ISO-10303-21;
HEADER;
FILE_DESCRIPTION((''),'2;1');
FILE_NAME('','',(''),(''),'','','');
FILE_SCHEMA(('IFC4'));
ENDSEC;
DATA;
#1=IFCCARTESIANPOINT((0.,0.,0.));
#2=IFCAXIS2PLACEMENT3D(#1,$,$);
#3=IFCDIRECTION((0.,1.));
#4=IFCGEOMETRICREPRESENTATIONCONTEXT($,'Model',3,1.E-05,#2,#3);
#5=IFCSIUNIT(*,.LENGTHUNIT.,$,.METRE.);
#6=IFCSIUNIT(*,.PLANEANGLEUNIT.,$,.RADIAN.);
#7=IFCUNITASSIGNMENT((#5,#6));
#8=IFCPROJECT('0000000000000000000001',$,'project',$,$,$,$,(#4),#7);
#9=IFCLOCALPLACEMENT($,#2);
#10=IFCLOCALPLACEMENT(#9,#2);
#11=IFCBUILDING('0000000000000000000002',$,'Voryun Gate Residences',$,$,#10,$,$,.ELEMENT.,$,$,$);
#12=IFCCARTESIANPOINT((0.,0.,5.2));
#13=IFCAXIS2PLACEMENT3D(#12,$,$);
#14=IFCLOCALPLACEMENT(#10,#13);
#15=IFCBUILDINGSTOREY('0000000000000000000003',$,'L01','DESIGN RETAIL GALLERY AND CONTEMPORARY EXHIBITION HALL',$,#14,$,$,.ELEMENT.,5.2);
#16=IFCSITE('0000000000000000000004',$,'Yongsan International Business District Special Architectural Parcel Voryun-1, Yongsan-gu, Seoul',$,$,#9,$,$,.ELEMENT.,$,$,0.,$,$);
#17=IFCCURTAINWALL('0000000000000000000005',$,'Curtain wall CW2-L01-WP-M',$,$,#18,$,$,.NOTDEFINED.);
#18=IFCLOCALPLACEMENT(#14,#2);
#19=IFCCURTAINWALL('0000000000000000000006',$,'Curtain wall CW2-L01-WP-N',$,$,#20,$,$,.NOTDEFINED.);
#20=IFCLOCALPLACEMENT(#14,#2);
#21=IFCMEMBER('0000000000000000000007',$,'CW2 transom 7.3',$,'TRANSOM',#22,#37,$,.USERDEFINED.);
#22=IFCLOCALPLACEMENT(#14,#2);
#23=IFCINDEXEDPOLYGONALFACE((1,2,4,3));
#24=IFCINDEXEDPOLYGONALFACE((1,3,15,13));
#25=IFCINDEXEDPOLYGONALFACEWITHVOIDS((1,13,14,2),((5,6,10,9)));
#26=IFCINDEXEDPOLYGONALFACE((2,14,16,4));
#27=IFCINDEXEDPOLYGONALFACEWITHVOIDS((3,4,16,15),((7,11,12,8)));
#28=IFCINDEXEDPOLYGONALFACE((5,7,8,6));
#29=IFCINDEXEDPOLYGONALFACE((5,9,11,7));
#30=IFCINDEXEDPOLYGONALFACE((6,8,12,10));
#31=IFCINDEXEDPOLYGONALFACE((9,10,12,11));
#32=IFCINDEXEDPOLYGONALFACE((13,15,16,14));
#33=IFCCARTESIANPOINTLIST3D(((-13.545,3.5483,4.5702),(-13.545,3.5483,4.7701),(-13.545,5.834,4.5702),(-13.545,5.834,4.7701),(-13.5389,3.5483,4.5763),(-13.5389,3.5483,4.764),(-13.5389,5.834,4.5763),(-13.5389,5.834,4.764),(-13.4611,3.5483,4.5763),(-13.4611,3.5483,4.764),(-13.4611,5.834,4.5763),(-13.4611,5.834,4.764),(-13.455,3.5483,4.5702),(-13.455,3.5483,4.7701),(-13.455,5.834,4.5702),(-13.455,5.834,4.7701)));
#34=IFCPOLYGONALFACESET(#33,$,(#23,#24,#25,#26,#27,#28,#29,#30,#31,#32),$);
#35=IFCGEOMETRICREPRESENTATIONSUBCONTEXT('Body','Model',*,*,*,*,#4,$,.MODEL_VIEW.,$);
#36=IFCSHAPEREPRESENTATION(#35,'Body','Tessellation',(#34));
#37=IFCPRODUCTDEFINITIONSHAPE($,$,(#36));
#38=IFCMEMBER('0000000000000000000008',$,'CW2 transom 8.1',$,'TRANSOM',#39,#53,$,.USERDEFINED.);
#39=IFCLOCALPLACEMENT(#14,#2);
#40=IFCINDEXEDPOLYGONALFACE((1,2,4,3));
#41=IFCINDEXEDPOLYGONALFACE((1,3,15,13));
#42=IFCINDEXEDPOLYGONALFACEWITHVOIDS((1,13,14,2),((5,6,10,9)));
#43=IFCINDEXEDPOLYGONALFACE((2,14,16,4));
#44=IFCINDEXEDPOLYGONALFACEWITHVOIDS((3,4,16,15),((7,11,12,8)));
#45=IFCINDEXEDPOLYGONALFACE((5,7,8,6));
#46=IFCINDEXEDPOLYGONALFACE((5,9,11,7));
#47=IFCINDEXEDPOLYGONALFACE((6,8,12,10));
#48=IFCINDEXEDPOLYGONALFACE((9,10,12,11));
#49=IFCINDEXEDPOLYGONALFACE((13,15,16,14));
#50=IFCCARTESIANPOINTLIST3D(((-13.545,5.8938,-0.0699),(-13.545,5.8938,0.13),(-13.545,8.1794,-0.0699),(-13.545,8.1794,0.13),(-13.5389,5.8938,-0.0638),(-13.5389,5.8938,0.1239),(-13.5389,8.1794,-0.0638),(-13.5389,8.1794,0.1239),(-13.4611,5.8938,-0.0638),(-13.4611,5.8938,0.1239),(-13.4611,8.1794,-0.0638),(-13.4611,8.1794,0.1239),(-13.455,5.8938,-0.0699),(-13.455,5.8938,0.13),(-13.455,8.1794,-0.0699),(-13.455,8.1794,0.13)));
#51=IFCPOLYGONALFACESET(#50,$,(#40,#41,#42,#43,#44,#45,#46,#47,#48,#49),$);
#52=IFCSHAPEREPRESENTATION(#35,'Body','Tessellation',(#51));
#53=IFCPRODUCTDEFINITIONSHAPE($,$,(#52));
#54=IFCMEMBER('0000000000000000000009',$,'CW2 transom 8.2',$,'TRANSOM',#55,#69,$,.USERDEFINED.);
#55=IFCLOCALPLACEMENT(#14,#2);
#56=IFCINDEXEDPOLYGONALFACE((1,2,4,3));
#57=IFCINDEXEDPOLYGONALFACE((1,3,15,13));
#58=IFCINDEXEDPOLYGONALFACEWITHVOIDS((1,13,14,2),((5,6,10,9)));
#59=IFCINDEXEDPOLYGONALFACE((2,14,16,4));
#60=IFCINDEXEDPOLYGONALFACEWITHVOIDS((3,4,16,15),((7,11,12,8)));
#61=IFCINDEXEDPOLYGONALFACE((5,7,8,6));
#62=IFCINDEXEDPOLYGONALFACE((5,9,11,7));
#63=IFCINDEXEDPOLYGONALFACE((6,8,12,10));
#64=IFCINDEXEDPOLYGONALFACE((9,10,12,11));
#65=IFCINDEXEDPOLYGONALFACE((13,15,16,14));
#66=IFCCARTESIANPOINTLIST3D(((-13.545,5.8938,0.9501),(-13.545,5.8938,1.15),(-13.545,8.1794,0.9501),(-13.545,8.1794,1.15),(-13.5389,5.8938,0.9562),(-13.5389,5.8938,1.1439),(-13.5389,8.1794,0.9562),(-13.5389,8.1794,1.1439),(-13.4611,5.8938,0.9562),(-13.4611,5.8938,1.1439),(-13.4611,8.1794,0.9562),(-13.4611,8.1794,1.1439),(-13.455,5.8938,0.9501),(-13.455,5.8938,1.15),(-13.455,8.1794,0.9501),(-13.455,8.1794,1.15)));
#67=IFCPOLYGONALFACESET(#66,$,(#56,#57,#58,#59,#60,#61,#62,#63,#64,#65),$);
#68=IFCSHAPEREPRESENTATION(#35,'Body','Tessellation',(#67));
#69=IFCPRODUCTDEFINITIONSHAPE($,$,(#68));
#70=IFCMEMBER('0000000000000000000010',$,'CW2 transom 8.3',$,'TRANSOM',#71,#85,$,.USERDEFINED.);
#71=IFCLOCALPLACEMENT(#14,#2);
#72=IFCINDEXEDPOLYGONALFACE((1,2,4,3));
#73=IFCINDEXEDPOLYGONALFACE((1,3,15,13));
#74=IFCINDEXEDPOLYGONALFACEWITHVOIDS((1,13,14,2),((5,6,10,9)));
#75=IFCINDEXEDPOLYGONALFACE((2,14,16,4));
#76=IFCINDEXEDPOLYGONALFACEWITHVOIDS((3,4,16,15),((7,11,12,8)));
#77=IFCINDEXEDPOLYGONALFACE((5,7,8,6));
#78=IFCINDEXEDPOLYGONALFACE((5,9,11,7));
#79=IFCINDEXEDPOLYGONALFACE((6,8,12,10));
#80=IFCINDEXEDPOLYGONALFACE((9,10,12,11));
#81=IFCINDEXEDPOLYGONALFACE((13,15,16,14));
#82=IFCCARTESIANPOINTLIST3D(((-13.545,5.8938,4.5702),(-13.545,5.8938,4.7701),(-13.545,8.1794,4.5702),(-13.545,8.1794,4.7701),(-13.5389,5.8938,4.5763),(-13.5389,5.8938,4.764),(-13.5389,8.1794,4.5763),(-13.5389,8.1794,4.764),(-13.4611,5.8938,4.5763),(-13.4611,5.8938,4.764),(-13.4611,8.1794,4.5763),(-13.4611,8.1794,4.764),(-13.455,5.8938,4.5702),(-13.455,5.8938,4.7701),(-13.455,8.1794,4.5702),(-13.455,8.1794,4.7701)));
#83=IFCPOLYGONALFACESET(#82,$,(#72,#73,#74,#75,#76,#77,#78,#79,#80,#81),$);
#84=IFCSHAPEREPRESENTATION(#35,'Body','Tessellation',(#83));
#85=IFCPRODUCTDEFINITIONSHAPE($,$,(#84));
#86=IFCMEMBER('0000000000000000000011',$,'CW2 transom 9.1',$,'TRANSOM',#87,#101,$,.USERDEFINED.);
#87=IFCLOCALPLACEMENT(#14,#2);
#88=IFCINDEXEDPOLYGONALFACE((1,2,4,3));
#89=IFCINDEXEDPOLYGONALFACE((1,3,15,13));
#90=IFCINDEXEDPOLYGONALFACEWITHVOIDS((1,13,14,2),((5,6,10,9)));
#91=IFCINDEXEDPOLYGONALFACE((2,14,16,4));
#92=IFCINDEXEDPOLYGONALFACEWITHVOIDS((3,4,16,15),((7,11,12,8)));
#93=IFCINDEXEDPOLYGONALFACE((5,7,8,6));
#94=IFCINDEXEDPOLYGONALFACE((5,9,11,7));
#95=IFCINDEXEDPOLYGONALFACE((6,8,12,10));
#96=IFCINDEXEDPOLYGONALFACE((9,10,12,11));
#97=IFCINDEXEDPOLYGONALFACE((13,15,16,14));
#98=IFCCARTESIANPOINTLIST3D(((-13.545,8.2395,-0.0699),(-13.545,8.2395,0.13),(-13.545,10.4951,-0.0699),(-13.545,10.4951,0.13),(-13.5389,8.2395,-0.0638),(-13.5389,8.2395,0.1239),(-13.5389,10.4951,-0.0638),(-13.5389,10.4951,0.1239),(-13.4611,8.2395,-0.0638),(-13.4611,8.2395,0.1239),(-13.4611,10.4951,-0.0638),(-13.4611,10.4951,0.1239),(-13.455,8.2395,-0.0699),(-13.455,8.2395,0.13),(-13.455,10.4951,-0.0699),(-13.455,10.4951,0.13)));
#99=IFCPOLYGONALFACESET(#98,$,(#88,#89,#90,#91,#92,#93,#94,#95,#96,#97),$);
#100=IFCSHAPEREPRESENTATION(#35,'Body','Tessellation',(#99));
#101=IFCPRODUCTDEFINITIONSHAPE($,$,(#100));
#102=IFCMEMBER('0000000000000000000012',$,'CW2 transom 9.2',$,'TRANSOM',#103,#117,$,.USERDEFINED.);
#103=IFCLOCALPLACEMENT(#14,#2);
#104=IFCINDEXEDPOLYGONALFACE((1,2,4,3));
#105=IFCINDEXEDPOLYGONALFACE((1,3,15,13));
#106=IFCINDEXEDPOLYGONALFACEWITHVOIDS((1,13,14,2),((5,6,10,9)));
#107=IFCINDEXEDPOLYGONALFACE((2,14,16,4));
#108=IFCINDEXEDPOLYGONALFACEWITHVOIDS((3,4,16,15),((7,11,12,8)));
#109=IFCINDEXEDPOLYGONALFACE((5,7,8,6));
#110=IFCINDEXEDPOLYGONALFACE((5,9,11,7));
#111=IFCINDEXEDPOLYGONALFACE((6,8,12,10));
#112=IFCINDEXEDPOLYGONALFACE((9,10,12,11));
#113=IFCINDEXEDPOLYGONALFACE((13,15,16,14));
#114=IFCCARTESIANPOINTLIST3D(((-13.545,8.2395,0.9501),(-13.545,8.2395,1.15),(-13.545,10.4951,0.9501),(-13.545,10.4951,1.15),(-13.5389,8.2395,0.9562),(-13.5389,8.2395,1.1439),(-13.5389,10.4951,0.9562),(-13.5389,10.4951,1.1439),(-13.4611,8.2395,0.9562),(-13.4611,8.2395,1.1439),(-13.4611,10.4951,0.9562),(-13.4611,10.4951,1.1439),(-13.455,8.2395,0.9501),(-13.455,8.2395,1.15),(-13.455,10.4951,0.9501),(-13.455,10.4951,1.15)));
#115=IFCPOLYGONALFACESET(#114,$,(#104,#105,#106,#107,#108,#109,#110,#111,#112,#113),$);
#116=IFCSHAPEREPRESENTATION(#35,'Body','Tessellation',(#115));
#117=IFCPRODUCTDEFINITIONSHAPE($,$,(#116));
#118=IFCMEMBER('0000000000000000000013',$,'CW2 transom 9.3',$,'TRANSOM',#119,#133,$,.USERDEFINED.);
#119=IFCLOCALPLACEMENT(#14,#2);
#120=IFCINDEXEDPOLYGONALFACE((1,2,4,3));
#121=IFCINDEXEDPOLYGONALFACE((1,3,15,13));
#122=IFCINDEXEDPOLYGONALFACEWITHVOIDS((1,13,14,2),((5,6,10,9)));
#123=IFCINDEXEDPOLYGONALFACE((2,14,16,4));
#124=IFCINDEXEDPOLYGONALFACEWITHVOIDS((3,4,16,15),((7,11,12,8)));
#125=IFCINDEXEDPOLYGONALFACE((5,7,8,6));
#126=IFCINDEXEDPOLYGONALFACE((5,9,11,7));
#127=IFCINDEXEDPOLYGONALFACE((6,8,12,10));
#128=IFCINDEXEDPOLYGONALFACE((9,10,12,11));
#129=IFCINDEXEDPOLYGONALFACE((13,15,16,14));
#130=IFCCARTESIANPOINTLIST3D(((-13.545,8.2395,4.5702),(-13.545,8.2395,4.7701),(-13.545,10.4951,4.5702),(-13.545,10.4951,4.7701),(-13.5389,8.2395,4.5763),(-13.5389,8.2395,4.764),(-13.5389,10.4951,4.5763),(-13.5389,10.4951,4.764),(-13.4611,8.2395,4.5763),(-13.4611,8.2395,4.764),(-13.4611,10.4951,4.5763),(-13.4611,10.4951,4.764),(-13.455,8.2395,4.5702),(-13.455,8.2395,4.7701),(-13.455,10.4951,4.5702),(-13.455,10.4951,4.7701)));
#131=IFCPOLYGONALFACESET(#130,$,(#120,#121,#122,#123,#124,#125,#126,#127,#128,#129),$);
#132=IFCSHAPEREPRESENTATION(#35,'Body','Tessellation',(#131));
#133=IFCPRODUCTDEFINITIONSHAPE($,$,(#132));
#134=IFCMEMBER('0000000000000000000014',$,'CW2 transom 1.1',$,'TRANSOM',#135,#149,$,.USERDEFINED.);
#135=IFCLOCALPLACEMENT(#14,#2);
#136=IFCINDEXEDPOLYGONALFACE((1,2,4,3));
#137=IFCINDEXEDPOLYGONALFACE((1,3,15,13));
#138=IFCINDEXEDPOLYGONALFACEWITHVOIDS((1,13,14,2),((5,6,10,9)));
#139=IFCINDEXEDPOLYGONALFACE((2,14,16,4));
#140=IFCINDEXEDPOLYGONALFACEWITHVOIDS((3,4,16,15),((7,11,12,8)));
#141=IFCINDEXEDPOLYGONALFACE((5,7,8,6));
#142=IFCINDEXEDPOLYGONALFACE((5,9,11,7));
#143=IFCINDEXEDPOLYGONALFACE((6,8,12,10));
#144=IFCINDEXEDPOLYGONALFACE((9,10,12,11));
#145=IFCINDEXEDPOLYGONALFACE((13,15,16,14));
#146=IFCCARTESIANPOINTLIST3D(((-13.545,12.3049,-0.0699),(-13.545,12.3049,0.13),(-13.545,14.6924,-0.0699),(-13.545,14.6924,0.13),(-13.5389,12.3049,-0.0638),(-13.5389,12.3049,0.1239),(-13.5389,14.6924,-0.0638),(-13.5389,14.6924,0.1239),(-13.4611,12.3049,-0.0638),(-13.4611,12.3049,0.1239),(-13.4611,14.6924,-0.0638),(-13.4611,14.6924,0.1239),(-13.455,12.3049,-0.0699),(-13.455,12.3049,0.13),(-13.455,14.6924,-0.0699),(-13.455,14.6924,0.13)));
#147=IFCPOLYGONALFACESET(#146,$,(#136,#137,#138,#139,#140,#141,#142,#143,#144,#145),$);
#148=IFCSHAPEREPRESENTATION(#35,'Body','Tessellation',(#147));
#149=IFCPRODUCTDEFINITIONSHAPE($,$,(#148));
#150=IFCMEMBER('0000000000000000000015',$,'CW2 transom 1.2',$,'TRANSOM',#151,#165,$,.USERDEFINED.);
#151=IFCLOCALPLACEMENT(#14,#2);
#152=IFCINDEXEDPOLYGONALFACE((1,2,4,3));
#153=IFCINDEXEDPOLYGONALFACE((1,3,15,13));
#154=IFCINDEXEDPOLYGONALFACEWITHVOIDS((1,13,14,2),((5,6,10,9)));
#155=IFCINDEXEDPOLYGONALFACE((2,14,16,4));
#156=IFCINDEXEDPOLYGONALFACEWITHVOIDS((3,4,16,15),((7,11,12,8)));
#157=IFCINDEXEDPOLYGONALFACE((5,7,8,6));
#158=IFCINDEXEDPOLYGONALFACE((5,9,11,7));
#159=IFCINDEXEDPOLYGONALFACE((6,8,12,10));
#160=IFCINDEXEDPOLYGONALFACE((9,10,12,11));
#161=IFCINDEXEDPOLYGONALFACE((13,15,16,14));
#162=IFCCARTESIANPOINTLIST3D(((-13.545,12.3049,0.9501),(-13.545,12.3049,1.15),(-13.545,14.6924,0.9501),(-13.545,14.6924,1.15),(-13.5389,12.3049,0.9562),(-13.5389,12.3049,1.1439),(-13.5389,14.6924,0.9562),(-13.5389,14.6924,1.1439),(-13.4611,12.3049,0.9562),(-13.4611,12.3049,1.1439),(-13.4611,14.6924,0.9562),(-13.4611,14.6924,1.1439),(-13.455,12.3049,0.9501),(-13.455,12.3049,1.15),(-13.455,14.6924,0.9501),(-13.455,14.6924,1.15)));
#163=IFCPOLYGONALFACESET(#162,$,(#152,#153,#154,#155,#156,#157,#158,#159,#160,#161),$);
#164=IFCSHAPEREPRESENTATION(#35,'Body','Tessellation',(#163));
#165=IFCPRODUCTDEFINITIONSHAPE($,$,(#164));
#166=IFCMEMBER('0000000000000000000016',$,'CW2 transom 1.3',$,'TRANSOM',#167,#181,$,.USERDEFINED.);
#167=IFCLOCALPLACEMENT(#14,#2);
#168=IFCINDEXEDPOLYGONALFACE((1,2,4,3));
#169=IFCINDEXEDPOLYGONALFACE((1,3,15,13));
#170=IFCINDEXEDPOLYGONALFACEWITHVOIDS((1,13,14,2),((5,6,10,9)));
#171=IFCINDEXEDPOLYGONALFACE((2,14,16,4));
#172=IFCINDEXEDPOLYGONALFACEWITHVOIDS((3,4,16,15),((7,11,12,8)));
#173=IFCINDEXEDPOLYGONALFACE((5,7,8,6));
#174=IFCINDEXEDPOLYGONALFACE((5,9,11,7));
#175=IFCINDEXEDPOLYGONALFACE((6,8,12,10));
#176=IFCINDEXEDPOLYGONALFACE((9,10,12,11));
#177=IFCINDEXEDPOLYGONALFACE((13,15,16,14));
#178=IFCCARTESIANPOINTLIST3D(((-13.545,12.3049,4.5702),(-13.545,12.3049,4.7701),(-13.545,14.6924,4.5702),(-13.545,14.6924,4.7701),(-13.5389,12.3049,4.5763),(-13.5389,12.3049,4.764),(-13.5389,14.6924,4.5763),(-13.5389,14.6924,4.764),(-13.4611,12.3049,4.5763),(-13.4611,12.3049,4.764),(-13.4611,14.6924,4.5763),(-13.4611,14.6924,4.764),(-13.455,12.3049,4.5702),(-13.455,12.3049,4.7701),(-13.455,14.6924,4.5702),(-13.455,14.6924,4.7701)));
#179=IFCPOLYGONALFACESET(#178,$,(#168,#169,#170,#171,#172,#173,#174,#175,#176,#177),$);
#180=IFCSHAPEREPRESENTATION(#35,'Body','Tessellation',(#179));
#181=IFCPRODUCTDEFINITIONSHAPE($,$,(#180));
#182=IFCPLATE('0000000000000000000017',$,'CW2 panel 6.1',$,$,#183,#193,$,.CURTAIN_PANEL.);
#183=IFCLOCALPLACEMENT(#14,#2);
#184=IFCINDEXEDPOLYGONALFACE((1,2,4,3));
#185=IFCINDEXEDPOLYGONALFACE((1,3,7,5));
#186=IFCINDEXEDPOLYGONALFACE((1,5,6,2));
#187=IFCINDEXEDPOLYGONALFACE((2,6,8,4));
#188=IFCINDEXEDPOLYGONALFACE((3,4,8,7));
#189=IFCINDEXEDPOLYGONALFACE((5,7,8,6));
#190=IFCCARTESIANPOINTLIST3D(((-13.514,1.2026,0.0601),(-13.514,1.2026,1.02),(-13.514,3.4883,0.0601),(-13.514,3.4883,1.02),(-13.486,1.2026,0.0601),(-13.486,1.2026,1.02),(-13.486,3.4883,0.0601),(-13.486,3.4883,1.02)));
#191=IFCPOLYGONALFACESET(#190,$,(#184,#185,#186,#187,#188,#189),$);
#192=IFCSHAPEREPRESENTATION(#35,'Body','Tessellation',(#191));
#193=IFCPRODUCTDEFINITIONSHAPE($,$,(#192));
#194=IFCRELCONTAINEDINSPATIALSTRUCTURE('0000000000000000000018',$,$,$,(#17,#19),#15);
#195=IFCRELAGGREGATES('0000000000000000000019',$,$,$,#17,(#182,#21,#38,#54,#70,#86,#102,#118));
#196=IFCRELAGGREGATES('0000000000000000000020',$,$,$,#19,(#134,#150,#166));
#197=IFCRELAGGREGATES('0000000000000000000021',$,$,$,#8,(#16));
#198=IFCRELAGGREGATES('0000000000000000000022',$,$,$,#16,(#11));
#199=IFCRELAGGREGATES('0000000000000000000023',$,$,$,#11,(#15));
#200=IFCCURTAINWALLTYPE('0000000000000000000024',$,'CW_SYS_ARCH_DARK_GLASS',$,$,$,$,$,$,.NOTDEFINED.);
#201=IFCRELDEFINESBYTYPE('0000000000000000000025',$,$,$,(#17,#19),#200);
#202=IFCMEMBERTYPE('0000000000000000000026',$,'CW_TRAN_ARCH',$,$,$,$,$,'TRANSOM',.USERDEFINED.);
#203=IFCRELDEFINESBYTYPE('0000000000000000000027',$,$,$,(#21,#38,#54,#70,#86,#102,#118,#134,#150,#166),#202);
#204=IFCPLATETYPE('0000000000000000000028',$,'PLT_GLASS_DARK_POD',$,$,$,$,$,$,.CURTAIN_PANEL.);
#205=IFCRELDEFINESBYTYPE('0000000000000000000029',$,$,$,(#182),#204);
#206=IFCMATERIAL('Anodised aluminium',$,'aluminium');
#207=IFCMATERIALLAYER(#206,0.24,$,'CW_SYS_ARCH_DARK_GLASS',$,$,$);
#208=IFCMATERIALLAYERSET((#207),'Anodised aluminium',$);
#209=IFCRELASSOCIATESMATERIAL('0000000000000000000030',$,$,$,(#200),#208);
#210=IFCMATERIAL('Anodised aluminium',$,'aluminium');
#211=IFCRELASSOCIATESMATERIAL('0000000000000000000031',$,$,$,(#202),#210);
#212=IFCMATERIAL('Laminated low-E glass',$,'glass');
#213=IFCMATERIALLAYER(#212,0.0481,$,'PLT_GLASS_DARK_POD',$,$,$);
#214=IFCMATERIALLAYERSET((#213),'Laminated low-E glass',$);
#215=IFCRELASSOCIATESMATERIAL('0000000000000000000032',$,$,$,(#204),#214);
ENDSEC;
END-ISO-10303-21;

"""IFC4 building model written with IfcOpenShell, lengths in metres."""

from ifc_helpers import new_model, si_unit, direction, frame, origin, origin_2d, place, context, subcontext, project, spatial, rectangle, hollow_rectangle, extrude, material, layer, layer_set, material_profile, profile_set, type_object, element, aggregate, save


model = new_model("IFC4")

# Units and contexts
model_context = context("Model", 3, precision=1e-05, world=origin(), true_north=direction((0.0, 1.0)))
body_context = subcontext(model_context, "Body", "Model", "MODEL_VIEW")
ifc_project = project(units=[si_unit("LENGTHUNIT", "METRE"), si_unit("PLANEANGLEUNIT", "RADIAN")], contexts=[model_context])

# Site, building, storey
site_placement = place(None, origin())
site = spatial("IfcSite", under=ifc_project, at=site_placement, Name="Yongsan International Business District Special Architectural Parcel Voryun-1, Yongsan-gu, Seoul", CompositionType="ELEMENT", RefElevation=0.0)
building_placement = place(site_placement, origin())
building = spatial("IfcBuilding", under=site, at=building_placement, Name="Voryun Gate Residences", CompositionType="ELEMENT")
storey_placement = place(building_placement, frame((0.0, 0.0, 5.2)))
storey = spatial("IfcBuildingStorey", under=building, at=storey_placement, Name="L01", Description="DESIGN RETAIL GALLERY AND CONTEMPORARY EXHIBITION HALL", CompositionType="ELEMENT", Elevation=5.2)

# Curtain wall
ifc_material_1 = material(Name="Anodised aluminium", Category="aluminium")
ifc_layer_1 = layer(ifc_material_1, 0.24, Name="CW_SYS_ARCH_DARK_GLASS")
ifc_layer_set_1 = layer_set([ifc_layer_1], Name="Anodised aluminium")
curtain_wall_type = type_object("IfcCurtainWallType", Name="CW_SYS_ARCH_DARK_GLASS", PredefinedType="NOTDEFINED", material=ifc_layer_set_1)
curtain_wall_1_placement = place(storey_placement, origin())
curtain_wall_1 = element("IfcCurtainWall", 1, at=curtain_wall_1_placement, inside=storey, type_object=curtain_wall_type, Name="Curtain wall CW2-L01-WP-M", PredefinedType="NOTDEFINED")

# Curtain wall
curtain_wall_2_placement = place(storey_placement, origin())
curtain_wall_2 = element("IfcCurtainWall", 2, at=curtain_wall_2_placement, inside=storey, type_object=curtain_wall_type, Name="Curtain wall CW2-L01-WP-N", PredefinedType="NOTDEFINED")

# Members
ifc_material_2 = material(Name="Anodised aluminium", Category="aluminium")
ifc_material_profile_1 = material_profile(ifc_material_2, hollow_rectangle(XDim=0.0901, YDim=0.2, WallThickness=0.0061, at=origin_2d()), Name="ALU-TRAN-200x90x6")
ifc_profile_set_1 = profile_set([ifc_material_profile_1], Name="Anodised aluminium")
member_type_1 = type_object("IfcMemberType", Name="CW_TRAN_ARCH", ElementType="TRANSOM", PredefinedType="USERDEFINED", material=ifc_profile_set_1)
member_1_placement = place(storey_placement, frame((-13.5, 3.5483, 4.6702), z_axis=(0.0, 1.0, 0.0), x_axis=(-1.0, 0.0, 0.0)))
member_1 = element("IfcMember", 3, at=member_1_placement, type_object=member_type_1, Name="CW2 transom 7.3", ObjectType="TRANSOM", PredefinedType="USERDEFINED", context=body_context, shape_type="SweptSolid", body=[
    extrude(hollow_rectangle(XDim=0.0901, YDim=0.2, WallThickness=0.0061, at=origin_2d()), origin(), (0.0, 0.0, 1.0), 2.2856),
])
member_2_placement = place(storey_placement, frame((-13.5, 5.8938, 0.03), z_axis=(0.0, 1.0, 0.0), x_axis=(-1.0, 0.0, 0.0)))
member_2 = element("IfcMember", 4, at=member_2_placement, type_object=member_type_1, Name="CW2 transom 8.1", ObjectType="TRANSOM", PredefinedType="USERDEFINED", context=body_context, shape_type="SweptSolid", body=[
    extrude(hollow_rectangle(XDim=0.0901, YDim=0.2, WallThickness=0.0061, at=origin_2d()), origin(), (0.0, 0.0, 1.0), 2.2856),
])
member_3_placement = place(storey_placement, frame((-13.5, 5.8938, 1.05), z_axis=(0.0, 1.0, 0.0), x_axis=(-1.0, 0.0, 0.0)))
member_3 = element("IfcMember", 5, at=member_3_placement, type_object=member_type_1, Name="CW2 transom 8.2", ObjectType="TRANSOM", PredefinedType="USERDEFINED", context=body_context, shape_type="SweptSolid", body=[
    extrude(hollow_rectangle(XDim=0.0901, YDim=0.2, WallThickness=0.0061, at=origin_2d()), origin(), (0.0, 0.0, 1.0), 2.2856),
])
member_4_placement = place(storey_placement, frame((-13.5, 5.8938, 4.6702), z_axis=(0.0, 1.0, 0.0), x_axis=(-1.0, 0.0, 0.0)))
member_4 = element("IfcMember", 6, at=member_4_placement, type_object=member_type_1, Name="CW2 transom 8.3", ObjectType="TRANSOM", PredefinedType="USERDEFINED", context=body_context, shape_type="SweptSolid", body=[
    extrude(hollow_rectangle(XDim=0.0901, YDim=0.2, WallThickness=0.0061, at=origin_2d()), origin(), (0.0, 0.0, 1.0), 2.2856),
])
member_5_placement = place(storey_placement, frame((-13.5, 8.2395, 0.03), z_axis=(0.0, 1.0, 0.0), x_axis=(-1.0, 0.0, 0.0)))
member_5 = element("IfcMember", 7, at=member_5_placement, type_object=member_type_1, Name="CW2 transom 9.1", ObjectType="TRANSOM", PredefinedType="USERDEFINED", context=body_context, shape_type="SweptSolid", body=[
    extrude(hollow_rectangle(XDim=0.0901, YDim=0.2, WallThickness=0.0061, at=origin_2d()), origin(), (0.0, 0.0, 1.0), 2.2556),
])
member_6_placement = place(storey_placement, frame((-13.5, 8.2395, 1.05), z_axis=(0.0, 1.0, 0.0), x_axis=(-1.0, 0.0, 0.0)))
member_6 = element("IfcMember", 8, at=member_6_placement, type_object=member_type_1, Name="CW2 transom 9.2", ObjectType="TRANSOM", PredefinedType="USERDEFINED", context=body_context, shape_type="SweptSolid", body=[
    extrude(hollow_rectangle(XDim=0.0901, YDim=0.2, WallThickness=0.0061, at=origin_2d()), origin(), (0.0, 0.0, 1.0), 2.2556),
])
member_7_placement = place(storey_placement, frame((-13.5, 8.2395, 4.6702), z_axis=(0.0, 1.0, 0.0), x_axis=(-1.0, 0.0, 0.0)))
member_7 = element("IfcMember", 9, at=member_7_placement, type_object=member_type_1, Name="CW2 transom 9.3", ObjectType="TRANSOM", PredefinedType="USERDEFINED", context=body_context, shape_type="SweptSolid", body=[
    extrude(hollow_rectangle(XDim=0.0901, YDim=0.2, WallThickness=0.0061, at=origin_2d()), origin(), (0.0, 0.0, 1.0), 2.2556),
])
member_8_placement = place(storey_placement, frame((-13.5, 12.3049, 0.03), z_axis=(0.0, 1.0, 0.0), x_axis=(-1.0, 0.0, 0.0)))
member_8 = element("IfcMember", 10, at=member_8_placement, type_object=member_type_1, Name="CW2 transom 1.1", ObjectType="TRANSOM", PredefinedType="USERDEFINED", context=body_context, shape_type="SweptSolid", body=[
    extrude(hollow_rectangle(XDim=0.0901, YDim=0.2, WallThickness=0.0061, at=origin_2d()), origin(), (0.0, 0.0, 1.0), 2.3875),
])
member_9_placement = place(storey_placement, frame((-13.5, 12.3049, 1.05), z_axis=(0.0, 1.0, 0.0), x_axis=(-1.0, 0.0, 0.0)))
member_9 = element("IfcMember", 11, at=member_9_placement, type_object=member_type_1, Name="CW2 transom 1.2", ObjectType="TRANSOM", PredefinedType="USERDEFINED", context=body_context, shape_type="SweptSolid", body=[
    extrude(hollow_rectangle(XDim=0.0901, YDim=0.2, WallThickness=0.0061, at=origin_2d()), origin(), (0.0, 0.0, 1.0), 2.3875),
])
member_10_placement = place(storey_placement, frame((-13.5, 12.3049, 4.6702), z_axis=(0.0, 1.0, 0.0), x_axis=(-1.0, 0.0, 0.0)))
member_10 = element("IfcMember", 12, at=member_10_placement, type_object=member_type_1, Name="CW2 transom 1.3", ObjectType="TRANSOM", PredefinedType="USERDEFINED", context=body_context, shape_type="SweptSolid", body=[
    extrude(hollow_rectangle(XDim=0.0901, YDim=0.2, WallThickness=0.0061, at=origin_2d()), origin(), (0.0, 0.0, 1.0), 2.3875),
])

# Plate
ifc_material_3 = material(Name="Laminated low-E glass", Category="glass")
ifc_layer_2 = layer(ifc_material_3, 0.0481, Name="PLT_GLASS_DARK_POD")
ifc_layer_set_2 = layer_set([ifc_layer_2], Name="Laminated low-E glass")
plate_type = type_object("IfcPlateType", Name="PLT_GLASS_DARK_POD", PredefinedType="CURTAIN_PANEL", material=ifc_layer_set_2)
plate_1_placement = place(storey_placement, frame((-13.5, 2.3455, 0.0601), z_axis=(0.0, 0.0, 1.0), x_axis=(0.0, 1.0, 0.0)))
plate_1 = element("IfcPlate", 13, at=plate_1_placement, type_object=plate_type, Name="CW2 panel 6.1", PredefinedType="CURTAIN_PANEL", context=body_context, shape_type="SweptSolid", body=[
    extrude(rectangle(XDim=2.2856, YDim=0.0281, at=origin_2d()), origin(), (0.0, 0.0, 1.0), 0.96),
])
aggregate(curtain_wall_1, [plate_1, member_1, member_2, member_3, member_4, member_5, member_6, member_7])
aggregate(curtain_wall_2, [member_8, member_9, member_10])

save(model, "model.ifc")
